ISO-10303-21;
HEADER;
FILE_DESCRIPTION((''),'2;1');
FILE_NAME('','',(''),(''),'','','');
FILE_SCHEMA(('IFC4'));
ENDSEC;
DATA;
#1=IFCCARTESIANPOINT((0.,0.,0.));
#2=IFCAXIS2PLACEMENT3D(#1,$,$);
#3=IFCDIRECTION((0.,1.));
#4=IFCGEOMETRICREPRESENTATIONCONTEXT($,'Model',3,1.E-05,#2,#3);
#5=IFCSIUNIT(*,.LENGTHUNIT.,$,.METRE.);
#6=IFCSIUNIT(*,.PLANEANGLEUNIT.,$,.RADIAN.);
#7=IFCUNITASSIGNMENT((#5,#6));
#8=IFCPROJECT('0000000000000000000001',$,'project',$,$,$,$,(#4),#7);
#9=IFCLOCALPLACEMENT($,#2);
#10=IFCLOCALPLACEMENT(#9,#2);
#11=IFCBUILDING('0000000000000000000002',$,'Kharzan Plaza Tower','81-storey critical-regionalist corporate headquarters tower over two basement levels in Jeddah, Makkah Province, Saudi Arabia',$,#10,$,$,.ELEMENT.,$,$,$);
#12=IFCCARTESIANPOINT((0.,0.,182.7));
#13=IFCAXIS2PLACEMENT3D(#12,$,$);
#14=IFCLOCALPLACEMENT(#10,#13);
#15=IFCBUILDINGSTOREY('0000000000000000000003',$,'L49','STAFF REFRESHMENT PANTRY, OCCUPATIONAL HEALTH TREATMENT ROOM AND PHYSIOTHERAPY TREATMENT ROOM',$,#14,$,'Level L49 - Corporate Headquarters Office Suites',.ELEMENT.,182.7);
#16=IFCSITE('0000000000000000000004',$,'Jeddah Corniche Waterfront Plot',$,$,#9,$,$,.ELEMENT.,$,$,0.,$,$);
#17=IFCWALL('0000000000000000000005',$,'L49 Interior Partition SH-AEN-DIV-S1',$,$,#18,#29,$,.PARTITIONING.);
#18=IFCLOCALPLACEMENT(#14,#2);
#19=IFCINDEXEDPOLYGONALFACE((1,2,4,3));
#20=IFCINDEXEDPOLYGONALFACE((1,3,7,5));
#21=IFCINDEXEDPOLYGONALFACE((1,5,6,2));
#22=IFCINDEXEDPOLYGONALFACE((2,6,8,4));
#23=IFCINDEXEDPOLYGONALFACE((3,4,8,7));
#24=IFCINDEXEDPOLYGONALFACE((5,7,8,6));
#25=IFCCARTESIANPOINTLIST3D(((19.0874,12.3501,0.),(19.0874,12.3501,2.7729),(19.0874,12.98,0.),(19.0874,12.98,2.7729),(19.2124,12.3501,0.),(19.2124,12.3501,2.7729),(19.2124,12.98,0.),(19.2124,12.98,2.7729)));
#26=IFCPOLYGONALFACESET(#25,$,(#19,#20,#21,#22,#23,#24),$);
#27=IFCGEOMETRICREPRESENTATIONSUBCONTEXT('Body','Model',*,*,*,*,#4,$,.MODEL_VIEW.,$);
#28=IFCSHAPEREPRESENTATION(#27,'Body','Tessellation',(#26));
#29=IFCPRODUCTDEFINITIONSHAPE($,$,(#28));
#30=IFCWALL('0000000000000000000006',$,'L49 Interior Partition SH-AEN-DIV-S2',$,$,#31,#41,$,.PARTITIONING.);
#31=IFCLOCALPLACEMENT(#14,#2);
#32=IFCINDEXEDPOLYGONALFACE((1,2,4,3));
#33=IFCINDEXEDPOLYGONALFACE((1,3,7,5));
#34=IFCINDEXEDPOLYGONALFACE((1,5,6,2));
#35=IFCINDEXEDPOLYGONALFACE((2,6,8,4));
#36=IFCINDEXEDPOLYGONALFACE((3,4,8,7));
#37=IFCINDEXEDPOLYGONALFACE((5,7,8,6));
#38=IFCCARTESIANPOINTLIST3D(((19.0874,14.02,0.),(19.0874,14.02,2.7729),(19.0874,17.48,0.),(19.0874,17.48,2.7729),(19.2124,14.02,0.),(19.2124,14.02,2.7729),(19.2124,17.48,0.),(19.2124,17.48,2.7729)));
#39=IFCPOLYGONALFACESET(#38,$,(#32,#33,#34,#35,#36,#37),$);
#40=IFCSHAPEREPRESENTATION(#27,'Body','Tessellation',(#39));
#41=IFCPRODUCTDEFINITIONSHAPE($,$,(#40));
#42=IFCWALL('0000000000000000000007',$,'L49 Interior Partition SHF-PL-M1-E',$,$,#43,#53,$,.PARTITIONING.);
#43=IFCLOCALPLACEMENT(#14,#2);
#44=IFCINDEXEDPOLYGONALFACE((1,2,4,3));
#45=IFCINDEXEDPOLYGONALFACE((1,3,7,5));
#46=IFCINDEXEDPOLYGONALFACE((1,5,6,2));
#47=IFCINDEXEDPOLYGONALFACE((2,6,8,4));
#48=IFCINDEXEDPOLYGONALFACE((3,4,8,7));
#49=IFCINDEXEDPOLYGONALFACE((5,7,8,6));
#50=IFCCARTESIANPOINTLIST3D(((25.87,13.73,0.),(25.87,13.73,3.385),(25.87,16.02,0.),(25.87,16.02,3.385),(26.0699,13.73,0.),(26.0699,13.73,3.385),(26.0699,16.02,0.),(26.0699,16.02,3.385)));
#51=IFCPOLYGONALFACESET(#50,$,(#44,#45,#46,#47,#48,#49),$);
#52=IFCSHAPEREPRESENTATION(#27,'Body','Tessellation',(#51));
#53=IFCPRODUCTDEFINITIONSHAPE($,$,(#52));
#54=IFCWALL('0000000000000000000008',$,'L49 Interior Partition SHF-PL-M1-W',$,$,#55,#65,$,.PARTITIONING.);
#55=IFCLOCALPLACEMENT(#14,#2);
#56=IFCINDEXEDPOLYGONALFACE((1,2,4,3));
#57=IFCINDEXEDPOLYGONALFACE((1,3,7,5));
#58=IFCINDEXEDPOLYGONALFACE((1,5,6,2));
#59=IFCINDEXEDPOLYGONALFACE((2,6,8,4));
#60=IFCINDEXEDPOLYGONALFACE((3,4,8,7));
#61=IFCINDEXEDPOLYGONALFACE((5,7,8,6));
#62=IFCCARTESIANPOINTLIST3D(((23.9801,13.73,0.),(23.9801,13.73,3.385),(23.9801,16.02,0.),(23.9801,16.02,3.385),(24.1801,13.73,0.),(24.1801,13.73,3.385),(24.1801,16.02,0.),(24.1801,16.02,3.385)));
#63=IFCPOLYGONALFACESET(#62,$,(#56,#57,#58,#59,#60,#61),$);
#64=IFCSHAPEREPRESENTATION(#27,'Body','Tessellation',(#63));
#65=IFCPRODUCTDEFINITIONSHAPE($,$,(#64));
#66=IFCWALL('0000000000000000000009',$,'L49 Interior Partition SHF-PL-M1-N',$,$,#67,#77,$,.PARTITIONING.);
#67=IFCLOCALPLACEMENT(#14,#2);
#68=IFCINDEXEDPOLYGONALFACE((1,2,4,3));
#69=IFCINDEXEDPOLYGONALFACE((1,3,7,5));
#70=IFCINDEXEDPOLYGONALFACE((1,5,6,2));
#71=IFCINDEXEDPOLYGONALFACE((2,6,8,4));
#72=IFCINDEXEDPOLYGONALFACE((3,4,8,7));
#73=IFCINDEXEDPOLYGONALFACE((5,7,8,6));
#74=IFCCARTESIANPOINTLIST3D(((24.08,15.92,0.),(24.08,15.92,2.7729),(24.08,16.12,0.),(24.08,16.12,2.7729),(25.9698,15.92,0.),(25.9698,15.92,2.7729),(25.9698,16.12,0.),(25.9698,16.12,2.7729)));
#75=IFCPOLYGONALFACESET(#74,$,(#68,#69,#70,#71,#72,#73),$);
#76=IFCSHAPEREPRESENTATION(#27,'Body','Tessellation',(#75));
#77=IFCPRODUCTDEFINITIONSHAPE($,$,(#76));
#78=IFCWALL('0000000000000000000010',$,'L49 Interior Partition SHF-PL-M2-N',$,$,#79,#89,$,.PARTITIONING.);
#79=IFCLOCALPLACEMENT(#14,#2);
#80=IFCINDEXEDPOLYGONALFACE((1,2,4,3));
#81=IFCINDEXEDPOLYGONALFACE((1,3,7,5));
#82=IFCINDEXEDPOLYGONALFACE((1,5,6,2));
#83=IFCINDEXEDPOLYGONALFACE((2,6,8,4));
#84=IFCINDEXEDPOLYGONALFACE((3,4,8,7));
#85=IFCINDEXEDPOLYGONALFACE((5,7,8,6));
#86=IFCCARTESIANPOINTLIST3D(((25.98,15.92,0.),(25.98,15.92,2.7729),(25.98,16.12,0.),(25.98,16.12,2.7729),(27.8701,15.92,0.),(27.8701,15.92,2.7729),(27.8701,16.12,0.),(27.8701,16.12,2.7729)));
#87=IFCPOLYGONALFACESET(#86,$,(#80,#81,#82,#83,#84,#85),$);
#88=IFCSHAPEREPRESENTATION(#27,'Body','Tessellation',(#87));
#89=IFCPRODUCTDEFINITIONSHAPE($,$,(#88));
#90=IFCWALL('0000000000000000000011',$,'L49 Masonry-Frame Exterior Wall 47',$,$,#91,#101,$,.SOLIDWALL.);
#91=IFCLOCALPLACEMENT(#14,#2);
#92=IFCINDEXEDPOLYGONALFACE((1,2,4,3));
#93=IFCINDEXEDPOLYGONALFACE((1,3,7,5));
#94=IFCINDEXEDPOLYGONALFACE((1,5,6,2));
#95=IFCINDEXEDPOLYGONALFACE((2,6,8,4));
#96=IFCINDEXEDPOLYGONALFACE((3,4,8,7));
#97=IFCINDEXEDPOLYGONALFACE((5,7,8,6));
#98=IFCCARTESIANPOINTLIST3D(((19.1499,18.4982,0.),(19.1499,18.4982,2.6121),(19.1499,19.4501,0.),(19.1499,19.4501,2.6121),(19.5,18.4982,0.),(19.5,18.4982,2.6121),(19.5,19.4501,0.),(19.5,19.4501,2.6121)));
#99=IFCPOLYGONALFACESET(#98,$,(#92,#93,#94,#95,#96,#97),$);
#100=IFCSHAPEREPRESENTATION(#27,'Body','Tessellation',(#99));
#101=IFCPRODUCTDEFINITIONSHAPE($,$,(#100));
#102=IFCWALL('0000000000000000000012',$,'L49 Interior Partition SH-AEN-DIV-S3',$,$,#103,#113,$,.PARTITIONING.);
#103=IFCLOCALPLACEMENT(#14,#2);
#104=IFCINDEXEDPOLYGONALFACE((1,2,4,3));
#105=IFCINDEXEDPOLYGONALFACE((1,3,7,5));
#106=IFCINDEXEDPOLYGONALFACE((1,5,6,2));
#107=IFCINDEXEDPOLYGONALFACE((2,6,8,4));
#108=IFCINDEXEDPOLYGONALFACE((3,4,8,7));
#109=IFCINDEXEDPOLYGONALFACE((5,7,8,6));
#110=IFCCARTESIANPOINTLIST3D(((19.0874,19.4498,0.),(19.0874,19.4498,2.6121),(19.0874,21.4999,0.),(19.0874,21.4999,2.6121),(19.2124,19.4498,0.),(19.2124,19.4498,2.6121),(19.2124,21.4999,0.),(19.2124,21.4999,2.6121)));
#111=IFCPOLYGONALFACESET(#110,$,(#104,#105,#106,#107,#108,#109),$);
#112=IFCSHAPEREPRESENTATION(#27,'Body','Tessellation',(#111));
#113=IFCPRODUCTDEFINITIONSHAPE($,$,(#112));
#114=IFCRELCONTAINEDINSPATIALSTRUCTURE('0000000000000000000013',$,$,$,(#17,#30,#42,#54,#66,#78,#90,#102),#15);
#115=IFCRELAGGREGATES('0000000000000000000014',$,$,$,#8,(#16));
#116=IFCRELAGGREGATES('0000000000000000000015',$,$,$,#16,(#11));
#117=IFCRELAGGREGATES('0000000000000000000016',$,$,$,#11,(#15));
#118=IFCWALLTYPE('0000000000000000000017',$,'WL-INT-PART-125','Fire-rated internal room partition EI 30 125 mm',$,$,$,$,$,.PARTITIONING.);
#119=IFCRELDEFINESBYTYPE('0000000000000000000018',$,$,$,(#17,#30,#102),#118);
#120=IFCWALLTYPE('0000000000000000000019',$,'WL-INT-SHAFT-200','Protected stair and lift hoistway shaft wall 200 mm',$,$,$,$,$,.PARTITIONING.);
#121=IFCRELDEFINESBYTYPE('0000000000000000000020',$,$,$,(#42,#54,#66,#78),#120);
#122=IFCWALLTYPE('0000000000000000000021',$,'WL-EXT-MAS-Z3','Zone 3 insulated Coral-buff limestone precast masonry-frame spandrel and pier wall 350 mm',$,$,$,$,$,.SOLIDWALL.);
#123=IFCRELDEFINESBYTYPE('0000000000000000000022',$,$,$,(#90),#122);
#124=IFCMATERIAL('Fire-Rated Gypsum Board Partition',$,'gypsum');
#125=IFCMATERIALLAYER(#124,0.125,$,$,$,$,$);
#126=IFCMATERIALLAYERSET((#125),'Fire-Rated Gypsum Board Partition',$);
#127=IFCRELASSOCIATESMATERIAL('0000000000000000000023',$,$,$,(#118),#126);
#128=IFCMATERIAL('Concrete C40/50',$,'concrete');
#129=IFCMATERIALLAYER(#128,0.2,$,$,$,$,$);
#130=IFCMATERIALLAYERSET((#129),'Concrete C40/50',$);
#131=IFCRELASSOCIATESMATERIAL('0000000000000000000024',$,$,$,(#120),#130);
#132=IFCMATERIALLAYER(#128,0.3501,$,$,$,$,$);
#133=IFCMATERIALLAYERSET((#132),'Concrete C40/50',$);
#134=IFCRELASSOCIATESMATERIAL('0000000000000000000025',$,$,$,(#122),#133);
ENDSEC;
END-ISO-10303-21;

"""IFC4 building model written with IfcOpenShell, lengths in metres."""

from ifc_helpers import new_model, si_unit, direction, frame, frame_2d, origin, place, context, subcontext, project, spatial, rectangle, extrude, source, transform, mapped, material, layer, layer_set, type_object, element, save


model = new_model("IFC4")

# Units and contexts
model_context = context("Model", 3, precision=1e-05, world=origin(), true_north=direction((0.0, 1.0)))
body_context = subcontext(model_context, "Body", "Model", "MODEL_VIEW")
ifc_project = project(units=[si_unit("LENGTHUNIT", "METRE"), si_unit("PLANEANGLEUNIT", "RADIAN")], contexts=[model_context])

# Site, building, storey
site_placement = place(None, origin())
site = spatial("IfcSite", under=ifc_project, at=site_placement, Name="Jeddah Corniche Waterfront Plot", CompositionType="ELEMENT", RefElevation=0.0)
building_placement = place(site_placement, origin())
building = spatial("IfcBuilding", under=site, at=building_placement, Name="Kharzan Plaza Tower", Description="81-storey critical-regionalist corporate headquarters tower over two basement levels in Jeddah, Makkah Province, Saudi Arabia", CompositionType="ELEMENT")
storey_placement = place(building_placement, frame((0.0, 0.0, 182.7)))
storey = spatial("IfcBuildingStorey", under=building, at=storey_placement, Name="L49", Description="STAFF REFRESHMENT PANTRY, OCCUPATIONAL HEALTH TREATMENT ROOM AND PHYSIOTHERAPY TREATMENT ROOM", LongName="Level L49 - Corporate Headquarters Office Suites", CompositionType="ELEMENT", Elevation=182.7)

# Shared definitions
ifc_material_1 = material(Name="Fire-Rated Gypsum Board Partition", Category="gypsum")
ifc_layer_1 = layer(ifc_material_1, 0.125)
ifc_layer_set_1 = layer_set([ifc_layer_1], Name="Fire-Rated Gypsum Board Partition")
wall_type_1 = type_object("IfcWallType", Name="WL-INT-PART-125", Description="Fire-rated internal room partition EI 30 125 mm", PredefinedType="PARTITIONING", material=ifc_layer_set_1)
ifc_material_2 = material(Name="Concrete C40/50", Category="concrete")
ifc_layer_2 = layer(ifc_material_2, 0.2)
ifc_layer_set_2 = layer_set([ifc_layer_2], Name="Concrete C40/50")
wall_type_2 = type_object("IfcWallType", Name="WL-INT-SHAFT-200", Description="Protected stair and lift hoistway shaft wall 200 mm", PredefinedType="PARTITIONING", material=ifc_layer_set_2)

# Walls
shared_shape_1 = source(origin(), body_context, "Body", "SweptSolid", [
    extrude(rectangle(XDim=0.6299, YDim=0.125, at=frame_2d((0.3149, 0.0))), origin(), (0.0, 0.0, 1.0), 2.7729),
])
wall_1_placement = place(storey_placement, frame((19.1499, 12.3501, 0.0), z_axis=(0.0, 0.0, 1.0), x_axis=(0.0, 1.0, 0.0)))
element("IfcWall", 1, at=wall_1_placement, inside=storey, type_object=wall_type_1, Name="L49 Interior Partition SH-AEN-DIV-S1", PredefinedType="PARTITIONING", context=body_context, shape_type="MappedRepresentation", body=[
    mapped(shared_shape_1, transform((0.0, 0.0, 0.0), x_axis=(1.0, 0.0, 0.0), y_axis=(0.0, 1.0, 0.0), z_axis=(0.0, 0.0, 1.0))),
])
shared_shape_2 = source(origin(), body_context, "Body", "SweptSolid", [
    extrude(rectangle(XDim=3.46, YDim=0.125, at=frame_2d((1.73, 0.0))), origin(), (0.0, 0.0, 1.0), 2.7729),
])
wall_2_placement = place(storey_placement, frame((19.1499, 14.02, 0.0), z_axis=(0.0, 0.0, 1.0), x_axis=(0.0, 1.0, 0.0)))
element("IfcWall", 2, at=wall_2_placement, inside=storey, type_object=wall_type_1, Name="L49 Interior Partition SH-AEN-DIV-S2", PredefinedType="PARTITIONING", context=body_context, shape_type="MappedRepresentation", body=[
    mapped(shared_shape_2, transform((0.0, 0.0, 0.0), x_axis=(1.0, 0.0, 0.0), y_axis=(0.0, 1.0, 0.0), z_axis=(0.0, 0.0, 1.0))),
])
shared_shape_3 = source(origin(), body_context, "Body", "SweptSolid", [
    extrude(rectangle(XDim=2.29, YDim=0.2, at=frame_2d((1.145, 0.0))), origin(), (0.0, 0.0, 1.0), 3.385),
])
for number, where, z_axis, x_axis, name in (
    (3, (25.97, 13.73, 0.0), (0.0, 0.0, 1.0), (0.0, 1.0, 0.0), "L49 Interior Partition SHF-PL-M1-E"),
    (4, (24.0801, 13.73, 0.0), (0.0, 0.0, 1.0), (0.0, 1.0, 0.0), "L49 Interior Partition SHF-PL-M1-W"),
):
    element("IfcWall", number, at=place(storey_placement, frame(where, z_axis=z_axis, x_axis=x_axis)), inside=storey, type_object=wall_type_2, Name=name, PredefinedType="PARTITIONING", context=body_context, shape_type="MappedRepresentation", body=[
        mapped(shared_shape_3, transform((0.0, 0.0, 0.0), x_axis=(1.0, 0.0, 0.0), y_axis=(0.0, 1.0, 0.0), z_axis=(0.0, 0.0, 1.0))),
    ])
shared_shape_4 = source(origin(), body_context, "Body", "SweptSolid", [
    extrude(rectangle(XDim=1.8899, YDim=0.2, at=frame_2d((0.9448, 0.0))), origin(), (0.0, 0.0, 1.0), 2.7729),
])
wall_3_placement = place(storey_placement, frame((24.0801, 16.02, 0.0), z_axis=(0.0, 0.0, 1.0), x_axis=(1.0, 0.0, 0.0)))
element("IfcWall", 5, at=wall_3_placement, inside=storey, type_object=wall_type_2, Name="L49 Interior Partition SHF-PL-M1-N", PredefinedType="PARTITIONING", context=body_context, shape_type="MappedRepresentation", body=[
    mapped(shared_shape_4, transform((0.0, 0.0, 0.0), x_axis=(1.0, 0.0, 0.0), y_axis=(0.0, 1.0, 0.0), z_axis=(0.0, 0.0, 1.0))),
])
shared_shape_5 = source(origin(), body_context, "Body", "SweptSolid", [
    extrude(rectangle(XDim=1.8901, YDim=0.2, at=frame_2d((0.9451, 0.0))), origin(), (0.0, 0.0, 1.0), 2.7729),
])
wall_4_placement = place(storey_placement, frame((25.98, 16.02, 0.0), z_axis=(0.0, 0.0, 1.0), x_axis=(1.0, 0.0, 0.0)))
element("IfcWall", 6, at=wall_4_placement, inside=storey, type_object=wall_type_2, Name="L49 Interior Partition SHF-PL-M2-N", PredefinedType="PARTITIONING", context=body_context, shape_type="MappedRepresentation", body=[
    mapped(shared_shape_5, transform((0.0, 0.0, 0.0), x_axis=(1.0, 0.0, 0.0), y_axis=(0.0, 1.0, 0.0), z_axis=(0.0, 0.0, 1.0))),
])
ifc_layer_3 = layer(ifc_material_2, 0.3501)
ifc_layer_set_3 = layer_set([ifc_layer_3], Name="Concrete C40/50")
wall_type_3 = type_object("IfcWallType", Name="WL-EXT-MAS-Z3", Description="Zone 3 insulated Coral-buff limestone precast masonry-frame spandrel and pier wall 350 mm", PredefinedType="SOLIDWALL", material=ifc_layer_set_3)
shared_shape_6 = source(origin(), body_context, "Body", "SweptSolid", [
    extrude(rectangle(XDim=0.9519, YDim=0.3501, at=frame_2d((0.4761, 0.0))), origin(), (0.0, 0.0, 1.0), 2.6121),
])
wall_5_placement = place(storey_placement, frame((19.325, 18.498, 0.0), z_axis=(0.0, 0.0, 1.0), x_axis=(0.0, 1.0, 0.0)))
element("IfcWall", 7, at=wall_5_placement, inside=storey, type_object=wall_type_3, Name="L49 Masonry-Frame Exterior Wall 47", PredefinedType="SOLIDWALL", context=body_context, shape_type="MappedRepresentation", body=[
    mapped(shared_shape_6, transform((0.0, 0.0, 0.0), x_axis=(1.0, 0.0, 0.0), y_axis=(0.0, 1.0, 0.0), z_axis=(0.0, 0.0, 1.0))),
])
shared_shape_7 = source(origin(), body_context, "Body", "SweptSolid", [
    extrude(rectangle(XDim=2.05, YDim=0.125, at=frame_2d((1.0249, 0.0))), origin(), (0.0, 0.0, 1.0), 2.6121),
])
wall_6_placement = place(storey_placement, frame((19.1499, 19.45, 0.0), z_axis=(0.0, 0.0, 1.0), x_axis=(0.0, 1.0, 0.0)))
element("IfcWall", 8, at=wall_6_placement, inside=storey, type_object=wall_type_1, Name="L49 Interior Partition SH-AEN-DIV-S3", PredefinedType="PARTITIONING", context=body_context, shape_type="MappedRepresentation", body=[
    mapped(shared_shape_7, transform((0.0, 0.0, 0.0), x_axis=(1.0, 0.0, 0.0), y_axis=(0.0, 1.0, 0.0), z_axis=(0.0, 0.0, 1.0))),
])

save(model, "model.ifc")
